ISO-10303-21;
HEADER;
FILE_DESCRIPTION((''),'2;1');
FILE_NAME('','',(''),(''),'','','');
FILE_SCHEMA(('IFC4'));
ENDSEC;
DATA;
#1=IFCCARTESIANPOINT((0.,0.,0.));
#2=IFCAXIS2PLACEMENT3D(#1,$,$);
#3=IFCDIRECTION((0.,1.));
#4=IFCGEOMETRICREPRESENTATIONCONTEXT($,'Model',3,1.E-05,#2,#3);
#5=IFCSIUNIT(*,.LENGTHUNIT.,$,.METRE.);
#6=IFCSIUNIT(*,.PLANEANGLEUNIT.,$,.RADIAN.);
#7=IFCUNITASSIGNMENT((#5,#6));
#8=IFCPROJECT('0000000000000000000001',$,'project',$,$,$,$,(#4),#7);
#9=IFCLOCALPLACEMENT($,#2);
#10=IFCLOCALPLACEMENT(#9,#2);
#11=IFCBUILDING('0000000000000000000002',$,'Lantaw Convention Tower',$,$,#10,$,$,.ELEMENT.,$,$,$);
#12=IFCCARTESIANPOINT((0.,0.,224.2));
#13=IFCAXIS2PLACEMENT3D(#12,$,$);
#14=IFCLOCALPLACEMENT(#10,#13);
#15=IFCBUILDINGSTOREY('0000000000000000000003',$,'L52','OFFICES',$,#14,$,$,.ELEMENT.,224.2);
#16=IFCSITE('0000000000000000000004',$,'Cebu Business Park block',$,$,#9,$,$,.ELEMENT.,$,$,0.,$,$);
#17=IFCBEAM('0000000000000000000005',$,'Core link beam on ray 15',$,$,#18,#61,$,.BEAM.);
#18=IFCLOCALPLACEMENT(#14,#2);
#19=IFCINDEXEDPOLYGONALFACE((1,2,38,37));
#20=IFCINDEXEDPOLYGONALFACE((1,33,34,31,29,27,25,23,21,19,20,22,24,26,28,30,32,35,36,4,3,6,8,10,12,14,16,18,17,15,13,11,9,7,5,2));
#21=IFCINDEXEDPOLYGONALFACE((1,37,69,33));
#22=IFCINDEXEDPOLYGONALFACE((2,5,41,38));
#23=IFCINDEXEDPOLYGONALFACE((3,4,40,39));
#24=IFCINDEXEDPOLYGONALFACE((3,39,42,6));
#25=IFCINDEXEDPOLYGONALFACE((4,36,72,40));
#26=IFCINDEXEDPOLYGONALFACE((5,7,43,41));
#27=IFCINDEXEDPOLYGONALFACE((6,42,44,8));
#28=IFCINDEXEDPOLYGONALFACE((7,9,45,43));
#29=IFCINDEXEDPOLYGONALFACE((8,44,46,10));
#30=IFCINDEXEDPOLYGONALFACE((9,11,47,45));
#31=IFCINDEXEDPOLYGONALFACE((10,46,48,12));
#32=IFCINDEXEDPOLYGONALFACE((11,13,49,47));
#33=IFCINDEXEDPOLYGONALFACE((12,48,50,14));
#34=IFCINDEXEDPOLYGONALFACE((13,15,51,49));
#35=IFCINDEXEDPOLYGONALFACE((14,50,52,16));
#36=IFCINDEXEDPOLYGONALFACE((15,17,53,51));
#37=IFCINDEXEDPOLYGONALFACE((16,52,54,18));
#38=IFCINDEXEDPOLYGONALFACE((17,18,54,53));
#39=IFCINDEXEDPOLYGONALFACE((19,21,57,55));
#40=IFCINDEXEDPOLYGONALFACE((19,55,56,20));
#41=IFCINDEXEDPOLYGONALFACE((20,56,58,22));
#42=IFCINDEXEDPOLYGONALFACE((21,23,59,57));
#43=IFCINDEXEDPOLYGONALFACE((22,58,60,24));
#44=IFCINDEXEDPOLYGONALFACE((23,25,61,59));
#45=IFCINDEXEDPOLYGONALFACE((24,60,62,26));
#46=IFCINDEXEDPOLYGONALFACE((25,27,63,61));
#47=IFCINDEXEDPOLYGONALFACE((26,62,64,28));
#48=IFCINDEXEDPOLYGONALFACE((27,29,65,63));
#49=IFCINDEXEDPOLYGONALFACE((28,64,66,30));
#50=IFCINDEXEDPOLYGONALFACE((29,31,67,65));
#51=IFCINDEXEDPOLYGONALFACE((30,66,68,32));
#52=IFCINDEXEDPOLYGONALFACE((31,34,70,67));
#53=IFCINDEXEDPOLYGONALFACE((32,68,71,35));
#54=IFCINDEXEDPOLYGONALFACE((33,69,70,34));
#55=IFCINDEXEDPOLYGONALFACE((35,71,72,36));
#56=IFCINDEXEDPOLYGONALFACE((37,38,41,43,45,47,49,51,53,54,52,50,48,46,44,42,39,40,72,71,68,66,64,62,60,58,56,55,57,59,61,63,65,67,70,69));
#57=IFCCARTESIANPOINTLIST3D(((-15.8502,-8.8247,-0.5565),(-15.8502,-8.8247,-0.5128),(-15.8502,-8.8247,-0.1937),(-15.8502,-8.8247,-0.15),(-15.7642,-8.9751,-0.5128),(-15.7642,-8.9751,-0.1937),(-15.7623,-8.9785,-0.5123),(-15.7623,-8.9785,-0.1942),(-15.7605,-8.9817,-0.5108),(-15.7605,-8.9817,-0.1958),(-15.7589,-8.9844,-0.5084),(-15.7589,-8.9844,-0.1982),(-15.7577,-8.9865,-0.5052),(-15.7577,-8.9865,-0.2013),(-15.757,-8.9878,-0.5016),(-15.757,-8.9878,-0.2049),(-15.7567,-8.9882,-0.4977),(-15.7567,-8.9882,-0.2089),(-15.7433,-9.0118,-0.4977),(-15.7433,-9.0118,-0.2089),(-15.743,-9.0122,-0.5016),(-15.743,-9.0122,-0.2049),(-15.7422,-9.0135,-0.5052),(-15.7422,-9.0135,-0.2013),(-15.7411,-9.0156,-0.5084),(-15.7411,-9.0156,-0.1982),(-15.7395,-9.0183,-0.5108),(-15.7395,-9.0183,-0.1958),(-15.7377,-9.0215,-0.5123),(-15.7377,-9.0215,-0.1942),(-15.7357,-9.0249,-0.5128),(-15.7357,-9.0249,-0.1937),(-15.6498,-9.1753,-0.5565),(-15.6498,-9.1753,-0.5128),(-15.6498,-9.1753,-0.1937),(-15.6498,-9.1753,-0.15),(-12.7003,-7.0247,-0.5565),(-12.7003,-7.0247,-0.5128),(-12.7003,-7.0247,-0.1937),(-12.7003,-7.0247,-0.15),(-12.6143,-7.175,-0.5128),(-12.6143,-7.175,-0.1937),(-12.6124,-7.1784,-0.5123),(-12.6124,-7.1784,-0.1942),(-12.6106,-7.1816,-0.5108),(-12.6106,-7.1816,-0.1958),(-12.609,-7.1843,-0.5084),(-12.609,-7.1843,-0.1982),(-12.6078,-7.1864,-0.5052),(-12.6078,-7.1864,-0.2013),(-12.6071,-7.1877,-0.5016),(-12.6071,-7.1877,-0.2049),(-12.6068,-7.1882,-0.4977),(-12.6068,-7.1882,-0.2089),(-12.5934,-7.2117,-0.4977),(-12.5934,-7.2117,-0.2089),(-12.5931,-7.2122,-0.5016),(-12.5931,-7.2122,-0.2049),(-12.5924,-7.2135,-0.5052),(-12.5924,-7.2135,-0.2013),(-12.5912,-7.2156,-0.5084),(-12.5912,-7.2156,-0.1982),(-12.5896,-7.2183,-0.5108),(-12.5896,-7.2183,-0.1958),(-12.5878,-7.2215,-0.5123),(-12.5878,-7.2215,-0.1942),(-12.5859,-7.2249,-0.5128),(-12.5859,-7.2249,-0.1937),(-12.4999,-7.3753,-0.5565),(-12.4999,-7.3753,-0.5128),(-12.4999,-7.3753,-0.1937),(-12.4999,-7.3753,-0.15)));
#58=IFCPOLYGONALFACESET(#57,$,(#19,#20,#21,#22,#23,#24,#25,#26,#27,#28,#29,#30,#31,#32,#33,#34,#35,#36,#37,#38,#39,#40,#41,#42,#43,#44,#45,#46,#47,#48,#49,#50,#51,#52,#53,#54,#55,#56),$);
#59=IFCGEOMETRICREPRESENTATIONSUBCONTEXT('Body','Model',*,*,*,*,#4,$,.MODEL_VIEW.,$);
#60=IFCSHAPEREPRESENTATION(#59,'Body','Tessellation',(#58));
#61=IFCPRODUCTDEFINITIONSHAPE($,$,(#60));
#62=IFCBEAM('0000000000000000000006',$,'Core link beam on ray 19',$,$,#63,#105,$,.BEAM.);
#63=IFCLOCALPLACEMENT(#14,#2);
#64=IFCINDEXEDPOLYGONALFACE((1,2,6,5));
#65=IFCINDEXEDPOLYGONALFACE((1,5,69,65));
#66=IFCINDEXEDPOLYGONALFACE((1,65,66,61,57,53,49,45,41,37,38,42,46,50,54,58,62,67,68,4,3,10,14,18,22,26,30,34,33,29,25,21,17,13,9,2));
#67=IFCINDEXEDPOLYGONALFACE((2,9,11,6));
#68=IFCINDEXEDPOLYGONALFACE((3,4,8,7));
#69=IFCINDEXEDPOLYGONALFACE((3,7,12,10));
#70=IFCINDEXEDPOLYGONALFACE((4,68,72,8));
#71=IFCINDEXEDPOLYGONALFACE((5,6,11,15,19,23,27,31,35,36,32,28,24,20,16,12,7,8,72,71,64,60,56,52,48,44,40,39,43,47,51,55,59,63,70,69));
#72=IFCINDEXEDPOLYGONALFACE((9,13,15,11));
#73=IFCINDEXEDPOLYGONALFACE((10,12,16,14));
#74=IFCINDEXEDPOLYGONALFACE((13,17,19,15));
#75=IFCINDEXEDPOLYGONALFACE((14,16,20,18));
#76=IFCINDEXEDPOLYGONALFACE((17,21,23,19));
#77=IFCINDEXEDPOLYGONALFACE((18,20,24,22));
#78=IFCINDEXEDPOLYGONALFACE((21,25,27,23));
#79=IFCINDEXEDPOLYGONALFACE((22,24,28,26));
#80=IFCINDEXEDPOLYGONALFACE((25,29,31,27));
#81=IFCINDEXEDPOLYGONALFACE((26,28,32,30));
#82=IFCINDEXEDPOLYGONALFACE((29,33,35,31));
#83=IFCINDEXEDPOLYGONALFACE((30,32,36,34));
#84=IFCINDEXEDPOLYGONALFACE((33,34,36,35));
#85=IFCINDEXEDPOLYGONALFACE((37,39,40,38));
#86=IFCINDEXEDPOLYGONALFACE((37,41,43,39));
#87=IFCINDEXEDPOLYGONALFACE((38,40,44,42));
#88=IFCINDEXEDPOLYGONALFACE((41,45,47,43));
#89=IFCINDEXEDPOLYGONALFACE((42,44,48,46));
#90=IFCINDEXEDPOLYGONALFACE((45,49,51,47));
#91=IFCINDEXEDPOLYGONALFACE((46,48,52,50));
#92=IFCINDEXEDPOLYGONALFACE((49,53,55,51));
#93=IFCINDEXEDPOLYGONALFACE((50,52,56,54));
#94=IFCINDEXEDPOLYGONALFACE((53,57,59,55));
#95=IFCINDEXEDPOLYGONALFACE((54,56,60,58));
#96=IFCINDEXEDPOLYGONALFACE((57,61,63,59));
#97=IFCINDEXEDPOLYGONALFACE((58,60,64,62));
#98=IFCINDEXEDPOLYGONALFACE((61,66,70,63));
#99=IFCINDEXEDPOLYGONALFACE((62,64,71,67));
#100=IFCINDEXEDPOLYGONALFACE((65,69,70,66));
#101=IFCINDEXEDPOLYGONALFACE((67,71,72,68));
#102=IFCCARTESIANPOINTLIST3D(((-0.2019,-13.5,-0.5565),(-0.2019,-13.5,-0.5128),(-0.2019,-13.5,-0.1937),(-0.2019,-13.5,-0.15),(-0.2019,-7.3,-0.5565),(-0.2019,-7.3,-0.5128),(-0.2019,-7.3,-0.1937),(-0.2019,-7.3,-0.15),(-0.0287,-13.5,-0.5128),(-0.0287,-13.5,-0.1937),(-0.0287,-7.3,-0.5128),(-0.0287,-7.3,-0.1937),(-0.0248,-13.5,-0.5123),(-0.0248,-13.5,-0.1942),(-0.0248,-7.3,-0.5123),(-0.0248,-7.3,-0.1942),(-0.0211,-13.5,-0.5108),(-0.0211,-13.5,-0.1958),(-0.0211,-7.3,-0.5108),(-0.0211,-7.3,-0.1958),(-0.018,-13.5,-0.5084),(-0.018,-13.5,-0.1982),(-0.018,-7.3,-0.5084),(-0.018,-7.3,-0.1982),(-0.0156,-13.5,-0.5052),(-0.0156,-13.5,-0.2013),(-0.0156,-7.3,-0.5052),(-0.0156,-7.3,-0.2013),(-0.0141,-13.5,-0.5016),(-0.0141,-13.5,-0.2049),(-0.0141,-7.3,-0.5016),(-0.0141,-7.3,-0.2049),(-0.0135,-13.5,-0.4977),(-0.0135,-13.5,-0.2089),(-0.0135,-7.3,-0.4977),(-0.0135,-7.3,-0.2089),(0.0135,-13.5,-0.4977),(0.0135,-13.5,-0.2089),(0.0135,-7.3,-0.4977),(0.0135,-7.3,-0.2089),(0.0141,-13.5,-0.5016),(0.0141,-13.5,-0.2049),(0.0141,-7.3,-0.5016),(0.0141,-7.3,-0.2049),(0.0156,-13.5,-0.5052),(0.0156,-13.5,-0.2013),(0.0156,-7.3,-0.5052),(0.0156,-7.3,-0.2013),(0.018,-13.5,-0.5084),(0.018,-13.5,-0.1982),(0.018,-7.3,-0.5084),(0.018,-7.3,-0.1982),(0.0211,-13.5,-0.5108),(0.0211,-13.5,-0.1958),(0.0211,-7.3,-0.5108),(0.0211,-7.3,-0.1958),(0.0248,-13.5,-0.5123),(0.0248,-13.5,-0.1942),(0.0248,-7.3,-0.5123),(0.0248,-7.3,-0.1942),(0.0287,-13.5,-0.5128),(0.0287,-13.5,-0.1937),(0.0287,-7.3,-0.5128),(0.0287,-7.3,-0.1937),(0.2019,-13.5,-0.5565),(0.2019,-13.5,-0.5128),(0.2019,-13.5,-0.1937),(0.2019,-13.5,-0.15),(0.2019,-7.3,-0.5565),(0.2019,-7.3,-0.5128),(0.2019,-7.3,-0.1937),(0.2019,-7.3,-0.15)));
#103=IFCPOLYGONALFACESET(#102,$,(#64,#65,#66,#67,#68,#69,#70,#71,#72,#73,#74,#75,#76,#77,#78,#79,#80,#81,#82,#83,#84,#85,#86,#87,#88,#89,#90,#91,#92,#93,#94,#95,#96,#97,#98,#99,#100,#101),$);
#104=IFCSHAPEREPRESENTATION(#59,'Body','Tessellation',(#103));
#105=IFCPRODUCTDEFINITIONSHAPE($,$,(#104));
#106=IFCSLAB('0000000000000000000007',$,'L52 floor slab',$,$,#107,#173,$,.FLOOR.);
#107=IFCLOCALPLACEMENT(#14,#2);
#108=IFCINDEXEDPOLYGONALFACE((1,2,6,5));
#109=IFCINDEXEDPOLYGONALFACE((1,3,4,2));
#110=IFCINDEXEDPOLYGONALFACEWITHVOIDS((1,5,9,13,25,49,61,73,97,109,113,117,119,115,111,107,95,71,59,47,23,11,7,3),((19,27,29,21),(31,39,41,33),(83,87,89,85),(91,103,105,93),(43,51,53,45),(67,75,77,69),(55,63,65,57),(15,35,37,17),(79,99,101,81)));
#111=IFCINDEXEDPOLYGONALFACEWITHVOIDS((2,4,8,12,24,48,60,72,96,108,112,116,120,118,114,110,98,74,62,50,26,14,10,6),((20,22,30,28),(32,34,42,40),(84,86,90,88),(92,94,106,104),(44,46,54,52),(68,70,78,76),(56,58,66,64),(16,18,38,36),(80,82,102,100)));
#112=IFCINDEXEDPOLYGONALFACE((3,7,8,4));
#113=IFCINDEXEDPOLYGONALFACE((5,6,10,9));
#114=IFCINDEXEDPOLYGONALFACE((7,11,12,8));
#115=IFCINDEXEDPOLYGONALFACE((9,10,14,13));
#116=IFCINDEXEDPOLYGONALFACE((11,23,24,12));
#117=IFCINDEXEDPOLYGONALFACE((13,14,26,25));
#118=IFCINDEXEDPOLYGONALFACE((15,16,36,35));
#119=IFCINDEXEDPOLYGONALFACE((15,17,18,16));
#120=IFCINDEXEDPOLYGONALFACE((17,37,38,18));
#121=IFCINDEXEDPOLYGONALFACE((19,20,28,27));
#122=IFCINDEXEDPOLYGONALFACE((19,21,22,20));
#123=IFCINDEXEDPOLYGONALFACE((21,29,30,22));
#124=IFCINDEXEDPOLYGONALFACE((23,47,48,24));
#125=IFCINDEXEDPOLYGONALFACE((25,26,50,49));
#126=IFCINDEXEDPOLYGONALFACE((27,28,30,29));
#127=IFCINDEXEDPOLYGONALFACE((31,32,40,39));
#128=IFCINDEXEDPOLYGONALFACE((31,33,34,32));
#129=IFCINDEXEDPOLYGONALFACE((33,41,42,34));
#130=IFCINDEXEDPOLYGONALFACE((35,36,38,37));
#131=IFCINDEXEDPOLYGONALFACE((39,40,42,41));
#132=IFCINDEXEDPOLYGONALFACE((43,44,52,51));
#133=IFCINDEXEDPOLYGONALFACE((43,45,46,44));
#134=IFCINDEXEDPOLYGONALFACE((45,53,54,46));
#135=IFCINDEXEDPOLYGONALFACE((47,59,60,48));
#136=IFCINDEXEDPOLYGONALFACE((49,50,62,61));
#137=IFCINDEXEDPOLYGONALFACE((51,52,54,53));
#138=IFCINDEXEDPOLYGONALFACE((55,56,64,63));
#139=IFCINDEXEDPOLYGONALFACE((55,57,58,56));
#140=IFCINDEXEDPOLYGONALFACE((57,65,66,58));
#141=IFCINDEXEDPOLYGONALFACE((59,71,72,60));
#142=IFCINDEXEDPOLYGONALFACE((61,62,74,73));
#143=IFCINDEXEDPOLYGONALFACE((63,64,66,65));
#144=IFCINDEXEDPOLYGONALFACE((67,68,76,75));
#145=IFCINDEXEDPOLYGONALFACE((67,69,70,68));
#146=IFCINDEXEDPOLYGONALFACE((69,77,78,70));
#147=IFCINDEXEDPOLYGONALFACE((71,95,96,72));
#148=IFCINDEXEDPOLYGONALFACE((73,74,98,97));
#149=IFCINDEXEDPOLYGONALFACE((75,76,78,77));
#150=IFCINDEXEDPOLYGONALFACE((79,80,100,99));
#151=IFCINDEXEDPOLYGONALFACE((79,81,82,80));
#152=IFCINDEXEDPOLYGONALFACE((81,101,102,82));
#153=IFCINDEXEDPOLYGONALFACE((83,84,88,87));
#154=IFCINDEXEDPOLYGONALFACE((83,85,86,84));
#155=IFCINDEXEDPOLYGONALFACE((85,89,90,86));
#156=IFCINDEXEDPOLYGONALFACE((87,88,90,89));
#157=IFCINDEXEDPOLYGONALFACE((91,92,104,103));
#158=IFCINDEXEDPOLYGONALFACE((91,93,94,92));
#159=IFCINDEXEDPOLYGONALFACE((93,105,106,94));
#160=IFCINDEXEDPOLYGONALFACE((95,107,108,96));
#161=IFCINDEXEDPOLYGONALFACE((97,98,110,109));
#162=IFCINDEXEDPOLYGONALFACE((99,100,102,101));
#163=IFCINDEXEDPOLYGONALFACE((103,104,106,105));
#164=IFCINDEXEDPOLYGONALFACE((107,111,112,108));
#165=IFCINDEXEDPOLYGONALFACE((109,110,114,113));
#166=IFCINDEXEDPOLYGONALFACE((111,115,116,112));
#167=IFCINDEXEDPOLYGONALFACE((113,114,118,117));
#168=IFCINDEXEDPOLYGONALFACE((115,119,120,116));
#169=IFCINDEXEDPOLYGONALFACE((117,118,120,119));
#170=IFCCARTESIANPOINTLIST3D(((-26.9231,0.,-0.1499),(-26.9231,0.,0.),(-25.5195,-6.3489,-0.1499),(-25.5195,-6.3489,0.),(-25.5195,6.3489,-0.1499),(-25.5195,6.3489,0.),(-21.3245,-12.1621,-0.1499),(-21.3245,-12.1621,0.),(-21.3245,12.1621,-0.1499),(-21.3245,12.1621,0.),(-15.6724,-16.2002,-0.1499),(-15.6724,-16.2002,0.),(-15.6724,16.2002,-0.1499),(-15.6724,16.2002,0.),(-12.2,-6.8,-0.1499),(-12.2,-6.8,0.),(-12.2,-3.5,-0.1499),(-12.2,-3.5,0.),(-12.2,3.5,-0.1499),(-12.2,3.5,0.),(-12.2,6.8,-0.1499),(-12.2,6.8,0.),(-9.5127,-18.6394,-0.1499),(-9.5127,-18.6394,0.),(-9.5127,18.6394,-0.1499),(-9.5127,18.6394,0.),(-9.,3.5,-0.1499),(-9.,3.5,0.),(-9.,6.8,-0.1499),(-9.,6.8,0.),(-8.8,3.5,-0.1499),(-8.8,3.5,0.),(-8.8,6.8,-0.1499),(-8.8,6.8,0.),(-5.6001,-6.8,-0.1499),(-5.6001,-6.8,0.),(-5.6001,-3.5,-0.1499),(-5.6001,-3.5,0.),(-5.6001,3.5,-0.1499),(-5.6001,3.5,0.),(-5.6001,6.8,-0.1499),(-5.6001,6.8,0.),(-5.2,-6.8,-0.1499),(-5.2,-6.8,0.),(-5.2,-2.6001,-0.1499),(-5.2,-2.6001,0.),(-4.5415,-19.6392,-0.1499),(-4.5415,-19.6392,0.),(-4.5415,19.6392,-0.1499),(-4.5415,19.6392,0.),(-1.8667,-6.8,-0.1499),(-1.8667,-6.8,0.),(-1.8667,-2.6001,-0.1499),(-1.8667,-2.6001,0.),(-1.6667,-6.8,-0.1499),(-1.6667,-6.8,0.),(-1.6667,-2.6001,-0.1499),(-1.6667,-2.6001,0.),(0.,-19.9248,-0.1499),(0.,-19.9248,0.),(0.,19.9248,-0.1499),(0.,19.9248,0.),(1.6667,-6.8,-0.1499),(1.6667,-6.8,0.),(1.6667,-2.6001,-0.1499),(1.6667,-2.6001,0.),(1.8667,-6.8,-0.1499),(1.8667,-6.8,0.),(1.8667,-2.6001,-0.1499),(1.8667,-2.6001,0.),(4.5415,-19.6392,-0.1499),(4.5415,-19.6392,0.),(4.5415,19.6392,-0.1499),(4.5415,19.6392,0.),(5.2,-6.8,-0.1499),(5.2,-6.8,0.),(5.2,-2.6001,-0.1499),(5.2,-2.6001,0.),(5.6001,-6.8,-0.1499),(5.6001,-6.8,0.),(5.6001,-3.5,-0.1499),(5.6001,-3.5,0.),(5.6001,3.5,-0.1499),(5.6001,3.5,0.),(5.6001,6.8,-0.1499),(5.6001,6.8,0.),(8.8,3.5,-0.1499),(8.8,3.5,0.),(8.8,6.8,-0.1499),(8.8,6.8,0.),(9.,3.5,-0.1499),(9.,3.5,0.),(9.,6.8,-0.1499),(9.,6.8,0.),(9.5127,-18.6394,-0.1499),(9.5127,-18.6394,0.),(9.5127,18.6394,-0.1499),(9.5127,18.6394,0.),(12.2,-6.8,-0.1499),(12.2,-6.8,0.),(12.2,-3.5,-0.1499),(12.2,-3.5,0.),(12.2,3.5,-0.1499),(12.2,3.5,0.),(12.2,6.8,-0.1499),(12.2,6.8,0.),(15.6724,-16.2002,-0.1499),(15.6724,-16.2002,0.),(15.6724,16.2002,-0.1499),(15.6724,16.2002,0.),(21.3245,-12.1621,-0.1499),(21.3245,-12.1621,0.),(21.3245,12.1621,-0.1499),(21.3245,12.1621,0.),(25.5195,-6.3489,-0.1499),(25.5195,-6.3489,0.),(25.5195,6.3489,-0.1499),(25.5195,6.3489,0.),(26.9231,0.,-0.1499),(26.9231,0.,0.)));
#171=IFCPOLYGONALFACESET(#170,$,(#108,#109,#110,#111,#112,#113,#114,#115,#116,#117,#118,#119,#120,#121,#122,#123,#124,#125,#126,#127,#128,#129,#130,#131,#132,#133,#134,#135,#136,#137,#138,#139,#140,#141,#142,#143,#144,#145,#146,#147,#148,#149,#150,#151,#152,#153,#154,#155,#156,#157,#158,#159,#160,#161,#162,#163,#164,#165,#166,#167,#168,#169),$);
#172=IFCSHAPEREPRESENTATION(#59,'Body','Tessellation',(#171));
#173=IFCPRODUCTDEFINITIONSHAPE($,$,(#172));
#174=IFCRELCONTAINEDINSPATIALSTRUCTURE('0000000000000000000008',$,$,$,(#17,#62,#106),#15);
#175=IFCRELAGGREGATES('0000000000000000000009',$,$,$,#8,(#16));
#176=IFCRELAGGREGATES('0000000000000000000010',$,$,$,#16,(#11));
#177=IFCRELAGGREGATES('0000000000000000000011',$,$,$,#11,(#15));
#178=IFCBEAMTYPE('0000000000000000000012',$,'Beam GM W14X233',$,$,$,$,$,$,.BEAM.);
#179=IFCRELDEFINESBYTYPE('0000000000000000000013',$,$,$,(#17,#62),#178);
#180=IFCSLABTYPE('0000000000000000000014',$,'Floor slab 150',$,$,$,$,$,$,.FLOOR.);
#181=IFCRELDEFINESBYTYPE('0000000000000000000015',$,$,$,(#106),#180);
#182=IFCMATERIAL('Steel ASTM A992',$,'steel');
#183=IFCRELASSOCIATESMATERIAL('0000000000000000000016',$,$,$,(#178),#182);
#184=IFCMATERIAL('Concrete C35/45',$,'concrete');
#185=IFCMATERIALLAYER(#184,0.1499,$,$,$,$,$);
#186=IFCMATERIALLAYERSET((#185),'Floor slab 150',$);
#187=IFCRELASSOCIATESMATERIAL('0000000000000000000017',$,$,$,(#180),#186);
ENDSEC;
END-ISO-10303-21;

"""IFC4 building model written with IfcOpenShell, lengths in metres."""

from ifc_helpers import new_model, si_unit, direction, frame, origin, origin_2d, place, context, subcontext, project, spatial, polyline, i_section, outline, extrude, material, layer, layer_set, material_profile, profile_set, type_object, element, save


model = new_model("IFC4")

# Units and contexts
model_context = context("Model", 3, precision=1e-05, world=origin(), true_north=direction((0.0, 1.0)))
body_context = subcontext(model_context, "Body", "Model", "MODEL_VIEW")
ifc_project = project(units=[si_unit("LENGTHUNIT", "METRE"), si_unit("PLANEANGLEUNIT", "RADIAN")], contexts=[model_context])

# Site, building, storey
site_placement = place(None, origin())
site = spatial("IfcSite", under=ifc_project, at=site_placement, Name="Cebu Business Park block", CompositionType="ELEMENT", RefElevation=0.0)
building_placement = place(site_placement, origin())
building = spatial("IfcBuilding", under=site, at=building_placement, Name="Lantaw Convention Tower", CompositionType="ELEMENT")
storey_placement = place(building_placement, frame((0.0, 0.0, 224.2)))
storey = spatial("IfcBuildingStorey", under=building, at=storey_placement, Name="L52", Description="OFFICES", CompositionType="ELEMENT", Elevation=224.2)

# Beams
ifc_material_1 = material(Name="Steel ASTM A992", Category="steel")
ifc_material_profile_1 = material_profile(ifc_material_1, i_section(OverallWidth=0.4038, OverallDepth=0.4065, WebThickness=0.0271, FlangeThickness=0.0437, FilletRadius=0.0151, at=origin_2d()), Name="W14X233")
ifc_profile_set_1 = profile_set([ifc_material_profile_1], Name="Steel ASTM A992")
beam_type_1 = type_object("IfcBeamType", Name="Beam GM W14X233", PredefinedType="BEAM", material=ifc_profile_set_1)
beam_1_placement = place(storey_placement, frame((-12.6001, -7.2, -0.3533), z_axis=(-0.868231, -0.496161, 0.0), x_axis=(0.496161, -0.868231, 0.0)))
element("IfcBeam", 1, at=beam_1_placement, inside=storey, type_object=beam_type_1, Name="Core link beam on ray 15", PredefinedType="BEAM", context=body_context, shape_type="SweptSolid", body=[
    extrude(i_section(OverallWidth=0.4038, OverallDepth=0.4065, WebThickness=0.0271, FlangeThickness=0.0437, FilletRadius=0.0151, at=origin_2d()), origin(), (0.0, 0.0, 1.0), 3.6279),
])
beam_2_placement = place(storey_placement, frame((0.0, -7.3, -0.3533), z_axis=(0.0, -1.0, 0.0), x_axis=(1.0, 0.0, 0.0)))
element("IfcBeam", 2, at=beam_2_placement, inside=storey, type_object=beam_type_1, Name="Core link beam on ray 19", PredefinedType="BEAM", context=body_context, shape_type="SweptSolid", body=[
    extrude(i_section(OverallWidth=0.4038, OverallDepth=0.4065, WebThickness=0.0271, FlangeThickness=0.0437, FilletRadius=0.0151, at=origin_2d()), origin(), (0.0, 0.0, 1.0), 6.2),
])

# Slab
ifc_material_2 = material(Name="Concrete C35/45", Category="concrete")
ifc_layer_1 = layer(ifc_material_2, 0.1499)
ifc_layer_set_1 = layer_set([ifc_layer_1], Name="Floor slab 150")
slab_type = type_object("IfcSlabType", Name="Floor slab 150", PredefinedType="FLOOR", material=ifc_layer_set_1)
slab_placement = place(storey_placement, frame((0.0, 0.0, -0.1499)))
element("IfcSlab", 3, at=slab_placement, inside=storey, type_object=slab_type, Name="L52 floor slab", PredefinedType="FLOOR", context=body_context, shape_type="SweptSolid", body=[
    extrude(outline(polyline([(25.5195, -6.3489), (26.9231, 0.0), (25.5195, 6.3489), (21.3245, 12.1621), (15.6724, 16.2002), (9.5127, 18.6394), (4.5415, 19.6392), (0.0, 19.9248), (-4.5415, 19.6392), (-9.5127, 18.6394), (-15.6724, 16.2002), (-21.3245, 12.1621), (-25.5195, 6.3489), (-26.9231, 0.0), (-25.5195, -6.3489), (-21.3245, -12.1621), (-15.6724, -16.2002), (-9.5127, -18.6394), (-4.5415, -19.6392), (0.0, -19.9248), (4.5415, -19.6392), (9.5127, -18.6394), (15.6724, -16.2002), (21.3245, -12.1621), (25.5195, -6.3489)]), holes=[polyline([(-5.6001, -3.5), (-12.2, -3.5), (-12.2, -6.8), (-5.6001, -6.8), (-5.6001, -3.5)]), polyline([(12.2, -3.5), (5.6001, -3.5), (5.6001, -6.8), (12.2, -6.8), (12.2, -3.5)]), polyline([(-1.8667, -2.6001), (-5.2, -2.6001), (-5.2, -6.8), (-1.8667, -6.8), (-1.8667, -2.6001)]), polyline([(1.6667, -2.6001), (-1.6667, -2.6001), (-1.6667, -6.8), (1.6667, -6.8), (1.6667, -2.6001)]), polyline([(5.2, -2.6001), (1.8667, -2.6001), (1.8667, -6.8), (5.2, -6.8), (5.2, -2.6001)]), polyline([(-9.0, 6.8), (-12.2, 6.8), (-12.2, 3.5), (-9.0, 3.5), (-9.0, 6.8)]), polyline([(-5.6001, 6.8), (-8.8, 6.8), (-8.8, 3.5), (-5.6001, 3.5), (-5.6001, 6.8)]), polyline([(8.8, 3.5), (8.8, 6.8), (5.6001, 6.8), (5.6001, 3.5), (8.8, 3.5)]), polyline([(12.2, 3.5), (12.2, 6.8), (9.0, 6.8), (9.0, 3.5), (12.2, 3.5)])]), origin(), (0.0, 0.0, 1.0), 0.1499),
])

save(model, "model.ifc")
